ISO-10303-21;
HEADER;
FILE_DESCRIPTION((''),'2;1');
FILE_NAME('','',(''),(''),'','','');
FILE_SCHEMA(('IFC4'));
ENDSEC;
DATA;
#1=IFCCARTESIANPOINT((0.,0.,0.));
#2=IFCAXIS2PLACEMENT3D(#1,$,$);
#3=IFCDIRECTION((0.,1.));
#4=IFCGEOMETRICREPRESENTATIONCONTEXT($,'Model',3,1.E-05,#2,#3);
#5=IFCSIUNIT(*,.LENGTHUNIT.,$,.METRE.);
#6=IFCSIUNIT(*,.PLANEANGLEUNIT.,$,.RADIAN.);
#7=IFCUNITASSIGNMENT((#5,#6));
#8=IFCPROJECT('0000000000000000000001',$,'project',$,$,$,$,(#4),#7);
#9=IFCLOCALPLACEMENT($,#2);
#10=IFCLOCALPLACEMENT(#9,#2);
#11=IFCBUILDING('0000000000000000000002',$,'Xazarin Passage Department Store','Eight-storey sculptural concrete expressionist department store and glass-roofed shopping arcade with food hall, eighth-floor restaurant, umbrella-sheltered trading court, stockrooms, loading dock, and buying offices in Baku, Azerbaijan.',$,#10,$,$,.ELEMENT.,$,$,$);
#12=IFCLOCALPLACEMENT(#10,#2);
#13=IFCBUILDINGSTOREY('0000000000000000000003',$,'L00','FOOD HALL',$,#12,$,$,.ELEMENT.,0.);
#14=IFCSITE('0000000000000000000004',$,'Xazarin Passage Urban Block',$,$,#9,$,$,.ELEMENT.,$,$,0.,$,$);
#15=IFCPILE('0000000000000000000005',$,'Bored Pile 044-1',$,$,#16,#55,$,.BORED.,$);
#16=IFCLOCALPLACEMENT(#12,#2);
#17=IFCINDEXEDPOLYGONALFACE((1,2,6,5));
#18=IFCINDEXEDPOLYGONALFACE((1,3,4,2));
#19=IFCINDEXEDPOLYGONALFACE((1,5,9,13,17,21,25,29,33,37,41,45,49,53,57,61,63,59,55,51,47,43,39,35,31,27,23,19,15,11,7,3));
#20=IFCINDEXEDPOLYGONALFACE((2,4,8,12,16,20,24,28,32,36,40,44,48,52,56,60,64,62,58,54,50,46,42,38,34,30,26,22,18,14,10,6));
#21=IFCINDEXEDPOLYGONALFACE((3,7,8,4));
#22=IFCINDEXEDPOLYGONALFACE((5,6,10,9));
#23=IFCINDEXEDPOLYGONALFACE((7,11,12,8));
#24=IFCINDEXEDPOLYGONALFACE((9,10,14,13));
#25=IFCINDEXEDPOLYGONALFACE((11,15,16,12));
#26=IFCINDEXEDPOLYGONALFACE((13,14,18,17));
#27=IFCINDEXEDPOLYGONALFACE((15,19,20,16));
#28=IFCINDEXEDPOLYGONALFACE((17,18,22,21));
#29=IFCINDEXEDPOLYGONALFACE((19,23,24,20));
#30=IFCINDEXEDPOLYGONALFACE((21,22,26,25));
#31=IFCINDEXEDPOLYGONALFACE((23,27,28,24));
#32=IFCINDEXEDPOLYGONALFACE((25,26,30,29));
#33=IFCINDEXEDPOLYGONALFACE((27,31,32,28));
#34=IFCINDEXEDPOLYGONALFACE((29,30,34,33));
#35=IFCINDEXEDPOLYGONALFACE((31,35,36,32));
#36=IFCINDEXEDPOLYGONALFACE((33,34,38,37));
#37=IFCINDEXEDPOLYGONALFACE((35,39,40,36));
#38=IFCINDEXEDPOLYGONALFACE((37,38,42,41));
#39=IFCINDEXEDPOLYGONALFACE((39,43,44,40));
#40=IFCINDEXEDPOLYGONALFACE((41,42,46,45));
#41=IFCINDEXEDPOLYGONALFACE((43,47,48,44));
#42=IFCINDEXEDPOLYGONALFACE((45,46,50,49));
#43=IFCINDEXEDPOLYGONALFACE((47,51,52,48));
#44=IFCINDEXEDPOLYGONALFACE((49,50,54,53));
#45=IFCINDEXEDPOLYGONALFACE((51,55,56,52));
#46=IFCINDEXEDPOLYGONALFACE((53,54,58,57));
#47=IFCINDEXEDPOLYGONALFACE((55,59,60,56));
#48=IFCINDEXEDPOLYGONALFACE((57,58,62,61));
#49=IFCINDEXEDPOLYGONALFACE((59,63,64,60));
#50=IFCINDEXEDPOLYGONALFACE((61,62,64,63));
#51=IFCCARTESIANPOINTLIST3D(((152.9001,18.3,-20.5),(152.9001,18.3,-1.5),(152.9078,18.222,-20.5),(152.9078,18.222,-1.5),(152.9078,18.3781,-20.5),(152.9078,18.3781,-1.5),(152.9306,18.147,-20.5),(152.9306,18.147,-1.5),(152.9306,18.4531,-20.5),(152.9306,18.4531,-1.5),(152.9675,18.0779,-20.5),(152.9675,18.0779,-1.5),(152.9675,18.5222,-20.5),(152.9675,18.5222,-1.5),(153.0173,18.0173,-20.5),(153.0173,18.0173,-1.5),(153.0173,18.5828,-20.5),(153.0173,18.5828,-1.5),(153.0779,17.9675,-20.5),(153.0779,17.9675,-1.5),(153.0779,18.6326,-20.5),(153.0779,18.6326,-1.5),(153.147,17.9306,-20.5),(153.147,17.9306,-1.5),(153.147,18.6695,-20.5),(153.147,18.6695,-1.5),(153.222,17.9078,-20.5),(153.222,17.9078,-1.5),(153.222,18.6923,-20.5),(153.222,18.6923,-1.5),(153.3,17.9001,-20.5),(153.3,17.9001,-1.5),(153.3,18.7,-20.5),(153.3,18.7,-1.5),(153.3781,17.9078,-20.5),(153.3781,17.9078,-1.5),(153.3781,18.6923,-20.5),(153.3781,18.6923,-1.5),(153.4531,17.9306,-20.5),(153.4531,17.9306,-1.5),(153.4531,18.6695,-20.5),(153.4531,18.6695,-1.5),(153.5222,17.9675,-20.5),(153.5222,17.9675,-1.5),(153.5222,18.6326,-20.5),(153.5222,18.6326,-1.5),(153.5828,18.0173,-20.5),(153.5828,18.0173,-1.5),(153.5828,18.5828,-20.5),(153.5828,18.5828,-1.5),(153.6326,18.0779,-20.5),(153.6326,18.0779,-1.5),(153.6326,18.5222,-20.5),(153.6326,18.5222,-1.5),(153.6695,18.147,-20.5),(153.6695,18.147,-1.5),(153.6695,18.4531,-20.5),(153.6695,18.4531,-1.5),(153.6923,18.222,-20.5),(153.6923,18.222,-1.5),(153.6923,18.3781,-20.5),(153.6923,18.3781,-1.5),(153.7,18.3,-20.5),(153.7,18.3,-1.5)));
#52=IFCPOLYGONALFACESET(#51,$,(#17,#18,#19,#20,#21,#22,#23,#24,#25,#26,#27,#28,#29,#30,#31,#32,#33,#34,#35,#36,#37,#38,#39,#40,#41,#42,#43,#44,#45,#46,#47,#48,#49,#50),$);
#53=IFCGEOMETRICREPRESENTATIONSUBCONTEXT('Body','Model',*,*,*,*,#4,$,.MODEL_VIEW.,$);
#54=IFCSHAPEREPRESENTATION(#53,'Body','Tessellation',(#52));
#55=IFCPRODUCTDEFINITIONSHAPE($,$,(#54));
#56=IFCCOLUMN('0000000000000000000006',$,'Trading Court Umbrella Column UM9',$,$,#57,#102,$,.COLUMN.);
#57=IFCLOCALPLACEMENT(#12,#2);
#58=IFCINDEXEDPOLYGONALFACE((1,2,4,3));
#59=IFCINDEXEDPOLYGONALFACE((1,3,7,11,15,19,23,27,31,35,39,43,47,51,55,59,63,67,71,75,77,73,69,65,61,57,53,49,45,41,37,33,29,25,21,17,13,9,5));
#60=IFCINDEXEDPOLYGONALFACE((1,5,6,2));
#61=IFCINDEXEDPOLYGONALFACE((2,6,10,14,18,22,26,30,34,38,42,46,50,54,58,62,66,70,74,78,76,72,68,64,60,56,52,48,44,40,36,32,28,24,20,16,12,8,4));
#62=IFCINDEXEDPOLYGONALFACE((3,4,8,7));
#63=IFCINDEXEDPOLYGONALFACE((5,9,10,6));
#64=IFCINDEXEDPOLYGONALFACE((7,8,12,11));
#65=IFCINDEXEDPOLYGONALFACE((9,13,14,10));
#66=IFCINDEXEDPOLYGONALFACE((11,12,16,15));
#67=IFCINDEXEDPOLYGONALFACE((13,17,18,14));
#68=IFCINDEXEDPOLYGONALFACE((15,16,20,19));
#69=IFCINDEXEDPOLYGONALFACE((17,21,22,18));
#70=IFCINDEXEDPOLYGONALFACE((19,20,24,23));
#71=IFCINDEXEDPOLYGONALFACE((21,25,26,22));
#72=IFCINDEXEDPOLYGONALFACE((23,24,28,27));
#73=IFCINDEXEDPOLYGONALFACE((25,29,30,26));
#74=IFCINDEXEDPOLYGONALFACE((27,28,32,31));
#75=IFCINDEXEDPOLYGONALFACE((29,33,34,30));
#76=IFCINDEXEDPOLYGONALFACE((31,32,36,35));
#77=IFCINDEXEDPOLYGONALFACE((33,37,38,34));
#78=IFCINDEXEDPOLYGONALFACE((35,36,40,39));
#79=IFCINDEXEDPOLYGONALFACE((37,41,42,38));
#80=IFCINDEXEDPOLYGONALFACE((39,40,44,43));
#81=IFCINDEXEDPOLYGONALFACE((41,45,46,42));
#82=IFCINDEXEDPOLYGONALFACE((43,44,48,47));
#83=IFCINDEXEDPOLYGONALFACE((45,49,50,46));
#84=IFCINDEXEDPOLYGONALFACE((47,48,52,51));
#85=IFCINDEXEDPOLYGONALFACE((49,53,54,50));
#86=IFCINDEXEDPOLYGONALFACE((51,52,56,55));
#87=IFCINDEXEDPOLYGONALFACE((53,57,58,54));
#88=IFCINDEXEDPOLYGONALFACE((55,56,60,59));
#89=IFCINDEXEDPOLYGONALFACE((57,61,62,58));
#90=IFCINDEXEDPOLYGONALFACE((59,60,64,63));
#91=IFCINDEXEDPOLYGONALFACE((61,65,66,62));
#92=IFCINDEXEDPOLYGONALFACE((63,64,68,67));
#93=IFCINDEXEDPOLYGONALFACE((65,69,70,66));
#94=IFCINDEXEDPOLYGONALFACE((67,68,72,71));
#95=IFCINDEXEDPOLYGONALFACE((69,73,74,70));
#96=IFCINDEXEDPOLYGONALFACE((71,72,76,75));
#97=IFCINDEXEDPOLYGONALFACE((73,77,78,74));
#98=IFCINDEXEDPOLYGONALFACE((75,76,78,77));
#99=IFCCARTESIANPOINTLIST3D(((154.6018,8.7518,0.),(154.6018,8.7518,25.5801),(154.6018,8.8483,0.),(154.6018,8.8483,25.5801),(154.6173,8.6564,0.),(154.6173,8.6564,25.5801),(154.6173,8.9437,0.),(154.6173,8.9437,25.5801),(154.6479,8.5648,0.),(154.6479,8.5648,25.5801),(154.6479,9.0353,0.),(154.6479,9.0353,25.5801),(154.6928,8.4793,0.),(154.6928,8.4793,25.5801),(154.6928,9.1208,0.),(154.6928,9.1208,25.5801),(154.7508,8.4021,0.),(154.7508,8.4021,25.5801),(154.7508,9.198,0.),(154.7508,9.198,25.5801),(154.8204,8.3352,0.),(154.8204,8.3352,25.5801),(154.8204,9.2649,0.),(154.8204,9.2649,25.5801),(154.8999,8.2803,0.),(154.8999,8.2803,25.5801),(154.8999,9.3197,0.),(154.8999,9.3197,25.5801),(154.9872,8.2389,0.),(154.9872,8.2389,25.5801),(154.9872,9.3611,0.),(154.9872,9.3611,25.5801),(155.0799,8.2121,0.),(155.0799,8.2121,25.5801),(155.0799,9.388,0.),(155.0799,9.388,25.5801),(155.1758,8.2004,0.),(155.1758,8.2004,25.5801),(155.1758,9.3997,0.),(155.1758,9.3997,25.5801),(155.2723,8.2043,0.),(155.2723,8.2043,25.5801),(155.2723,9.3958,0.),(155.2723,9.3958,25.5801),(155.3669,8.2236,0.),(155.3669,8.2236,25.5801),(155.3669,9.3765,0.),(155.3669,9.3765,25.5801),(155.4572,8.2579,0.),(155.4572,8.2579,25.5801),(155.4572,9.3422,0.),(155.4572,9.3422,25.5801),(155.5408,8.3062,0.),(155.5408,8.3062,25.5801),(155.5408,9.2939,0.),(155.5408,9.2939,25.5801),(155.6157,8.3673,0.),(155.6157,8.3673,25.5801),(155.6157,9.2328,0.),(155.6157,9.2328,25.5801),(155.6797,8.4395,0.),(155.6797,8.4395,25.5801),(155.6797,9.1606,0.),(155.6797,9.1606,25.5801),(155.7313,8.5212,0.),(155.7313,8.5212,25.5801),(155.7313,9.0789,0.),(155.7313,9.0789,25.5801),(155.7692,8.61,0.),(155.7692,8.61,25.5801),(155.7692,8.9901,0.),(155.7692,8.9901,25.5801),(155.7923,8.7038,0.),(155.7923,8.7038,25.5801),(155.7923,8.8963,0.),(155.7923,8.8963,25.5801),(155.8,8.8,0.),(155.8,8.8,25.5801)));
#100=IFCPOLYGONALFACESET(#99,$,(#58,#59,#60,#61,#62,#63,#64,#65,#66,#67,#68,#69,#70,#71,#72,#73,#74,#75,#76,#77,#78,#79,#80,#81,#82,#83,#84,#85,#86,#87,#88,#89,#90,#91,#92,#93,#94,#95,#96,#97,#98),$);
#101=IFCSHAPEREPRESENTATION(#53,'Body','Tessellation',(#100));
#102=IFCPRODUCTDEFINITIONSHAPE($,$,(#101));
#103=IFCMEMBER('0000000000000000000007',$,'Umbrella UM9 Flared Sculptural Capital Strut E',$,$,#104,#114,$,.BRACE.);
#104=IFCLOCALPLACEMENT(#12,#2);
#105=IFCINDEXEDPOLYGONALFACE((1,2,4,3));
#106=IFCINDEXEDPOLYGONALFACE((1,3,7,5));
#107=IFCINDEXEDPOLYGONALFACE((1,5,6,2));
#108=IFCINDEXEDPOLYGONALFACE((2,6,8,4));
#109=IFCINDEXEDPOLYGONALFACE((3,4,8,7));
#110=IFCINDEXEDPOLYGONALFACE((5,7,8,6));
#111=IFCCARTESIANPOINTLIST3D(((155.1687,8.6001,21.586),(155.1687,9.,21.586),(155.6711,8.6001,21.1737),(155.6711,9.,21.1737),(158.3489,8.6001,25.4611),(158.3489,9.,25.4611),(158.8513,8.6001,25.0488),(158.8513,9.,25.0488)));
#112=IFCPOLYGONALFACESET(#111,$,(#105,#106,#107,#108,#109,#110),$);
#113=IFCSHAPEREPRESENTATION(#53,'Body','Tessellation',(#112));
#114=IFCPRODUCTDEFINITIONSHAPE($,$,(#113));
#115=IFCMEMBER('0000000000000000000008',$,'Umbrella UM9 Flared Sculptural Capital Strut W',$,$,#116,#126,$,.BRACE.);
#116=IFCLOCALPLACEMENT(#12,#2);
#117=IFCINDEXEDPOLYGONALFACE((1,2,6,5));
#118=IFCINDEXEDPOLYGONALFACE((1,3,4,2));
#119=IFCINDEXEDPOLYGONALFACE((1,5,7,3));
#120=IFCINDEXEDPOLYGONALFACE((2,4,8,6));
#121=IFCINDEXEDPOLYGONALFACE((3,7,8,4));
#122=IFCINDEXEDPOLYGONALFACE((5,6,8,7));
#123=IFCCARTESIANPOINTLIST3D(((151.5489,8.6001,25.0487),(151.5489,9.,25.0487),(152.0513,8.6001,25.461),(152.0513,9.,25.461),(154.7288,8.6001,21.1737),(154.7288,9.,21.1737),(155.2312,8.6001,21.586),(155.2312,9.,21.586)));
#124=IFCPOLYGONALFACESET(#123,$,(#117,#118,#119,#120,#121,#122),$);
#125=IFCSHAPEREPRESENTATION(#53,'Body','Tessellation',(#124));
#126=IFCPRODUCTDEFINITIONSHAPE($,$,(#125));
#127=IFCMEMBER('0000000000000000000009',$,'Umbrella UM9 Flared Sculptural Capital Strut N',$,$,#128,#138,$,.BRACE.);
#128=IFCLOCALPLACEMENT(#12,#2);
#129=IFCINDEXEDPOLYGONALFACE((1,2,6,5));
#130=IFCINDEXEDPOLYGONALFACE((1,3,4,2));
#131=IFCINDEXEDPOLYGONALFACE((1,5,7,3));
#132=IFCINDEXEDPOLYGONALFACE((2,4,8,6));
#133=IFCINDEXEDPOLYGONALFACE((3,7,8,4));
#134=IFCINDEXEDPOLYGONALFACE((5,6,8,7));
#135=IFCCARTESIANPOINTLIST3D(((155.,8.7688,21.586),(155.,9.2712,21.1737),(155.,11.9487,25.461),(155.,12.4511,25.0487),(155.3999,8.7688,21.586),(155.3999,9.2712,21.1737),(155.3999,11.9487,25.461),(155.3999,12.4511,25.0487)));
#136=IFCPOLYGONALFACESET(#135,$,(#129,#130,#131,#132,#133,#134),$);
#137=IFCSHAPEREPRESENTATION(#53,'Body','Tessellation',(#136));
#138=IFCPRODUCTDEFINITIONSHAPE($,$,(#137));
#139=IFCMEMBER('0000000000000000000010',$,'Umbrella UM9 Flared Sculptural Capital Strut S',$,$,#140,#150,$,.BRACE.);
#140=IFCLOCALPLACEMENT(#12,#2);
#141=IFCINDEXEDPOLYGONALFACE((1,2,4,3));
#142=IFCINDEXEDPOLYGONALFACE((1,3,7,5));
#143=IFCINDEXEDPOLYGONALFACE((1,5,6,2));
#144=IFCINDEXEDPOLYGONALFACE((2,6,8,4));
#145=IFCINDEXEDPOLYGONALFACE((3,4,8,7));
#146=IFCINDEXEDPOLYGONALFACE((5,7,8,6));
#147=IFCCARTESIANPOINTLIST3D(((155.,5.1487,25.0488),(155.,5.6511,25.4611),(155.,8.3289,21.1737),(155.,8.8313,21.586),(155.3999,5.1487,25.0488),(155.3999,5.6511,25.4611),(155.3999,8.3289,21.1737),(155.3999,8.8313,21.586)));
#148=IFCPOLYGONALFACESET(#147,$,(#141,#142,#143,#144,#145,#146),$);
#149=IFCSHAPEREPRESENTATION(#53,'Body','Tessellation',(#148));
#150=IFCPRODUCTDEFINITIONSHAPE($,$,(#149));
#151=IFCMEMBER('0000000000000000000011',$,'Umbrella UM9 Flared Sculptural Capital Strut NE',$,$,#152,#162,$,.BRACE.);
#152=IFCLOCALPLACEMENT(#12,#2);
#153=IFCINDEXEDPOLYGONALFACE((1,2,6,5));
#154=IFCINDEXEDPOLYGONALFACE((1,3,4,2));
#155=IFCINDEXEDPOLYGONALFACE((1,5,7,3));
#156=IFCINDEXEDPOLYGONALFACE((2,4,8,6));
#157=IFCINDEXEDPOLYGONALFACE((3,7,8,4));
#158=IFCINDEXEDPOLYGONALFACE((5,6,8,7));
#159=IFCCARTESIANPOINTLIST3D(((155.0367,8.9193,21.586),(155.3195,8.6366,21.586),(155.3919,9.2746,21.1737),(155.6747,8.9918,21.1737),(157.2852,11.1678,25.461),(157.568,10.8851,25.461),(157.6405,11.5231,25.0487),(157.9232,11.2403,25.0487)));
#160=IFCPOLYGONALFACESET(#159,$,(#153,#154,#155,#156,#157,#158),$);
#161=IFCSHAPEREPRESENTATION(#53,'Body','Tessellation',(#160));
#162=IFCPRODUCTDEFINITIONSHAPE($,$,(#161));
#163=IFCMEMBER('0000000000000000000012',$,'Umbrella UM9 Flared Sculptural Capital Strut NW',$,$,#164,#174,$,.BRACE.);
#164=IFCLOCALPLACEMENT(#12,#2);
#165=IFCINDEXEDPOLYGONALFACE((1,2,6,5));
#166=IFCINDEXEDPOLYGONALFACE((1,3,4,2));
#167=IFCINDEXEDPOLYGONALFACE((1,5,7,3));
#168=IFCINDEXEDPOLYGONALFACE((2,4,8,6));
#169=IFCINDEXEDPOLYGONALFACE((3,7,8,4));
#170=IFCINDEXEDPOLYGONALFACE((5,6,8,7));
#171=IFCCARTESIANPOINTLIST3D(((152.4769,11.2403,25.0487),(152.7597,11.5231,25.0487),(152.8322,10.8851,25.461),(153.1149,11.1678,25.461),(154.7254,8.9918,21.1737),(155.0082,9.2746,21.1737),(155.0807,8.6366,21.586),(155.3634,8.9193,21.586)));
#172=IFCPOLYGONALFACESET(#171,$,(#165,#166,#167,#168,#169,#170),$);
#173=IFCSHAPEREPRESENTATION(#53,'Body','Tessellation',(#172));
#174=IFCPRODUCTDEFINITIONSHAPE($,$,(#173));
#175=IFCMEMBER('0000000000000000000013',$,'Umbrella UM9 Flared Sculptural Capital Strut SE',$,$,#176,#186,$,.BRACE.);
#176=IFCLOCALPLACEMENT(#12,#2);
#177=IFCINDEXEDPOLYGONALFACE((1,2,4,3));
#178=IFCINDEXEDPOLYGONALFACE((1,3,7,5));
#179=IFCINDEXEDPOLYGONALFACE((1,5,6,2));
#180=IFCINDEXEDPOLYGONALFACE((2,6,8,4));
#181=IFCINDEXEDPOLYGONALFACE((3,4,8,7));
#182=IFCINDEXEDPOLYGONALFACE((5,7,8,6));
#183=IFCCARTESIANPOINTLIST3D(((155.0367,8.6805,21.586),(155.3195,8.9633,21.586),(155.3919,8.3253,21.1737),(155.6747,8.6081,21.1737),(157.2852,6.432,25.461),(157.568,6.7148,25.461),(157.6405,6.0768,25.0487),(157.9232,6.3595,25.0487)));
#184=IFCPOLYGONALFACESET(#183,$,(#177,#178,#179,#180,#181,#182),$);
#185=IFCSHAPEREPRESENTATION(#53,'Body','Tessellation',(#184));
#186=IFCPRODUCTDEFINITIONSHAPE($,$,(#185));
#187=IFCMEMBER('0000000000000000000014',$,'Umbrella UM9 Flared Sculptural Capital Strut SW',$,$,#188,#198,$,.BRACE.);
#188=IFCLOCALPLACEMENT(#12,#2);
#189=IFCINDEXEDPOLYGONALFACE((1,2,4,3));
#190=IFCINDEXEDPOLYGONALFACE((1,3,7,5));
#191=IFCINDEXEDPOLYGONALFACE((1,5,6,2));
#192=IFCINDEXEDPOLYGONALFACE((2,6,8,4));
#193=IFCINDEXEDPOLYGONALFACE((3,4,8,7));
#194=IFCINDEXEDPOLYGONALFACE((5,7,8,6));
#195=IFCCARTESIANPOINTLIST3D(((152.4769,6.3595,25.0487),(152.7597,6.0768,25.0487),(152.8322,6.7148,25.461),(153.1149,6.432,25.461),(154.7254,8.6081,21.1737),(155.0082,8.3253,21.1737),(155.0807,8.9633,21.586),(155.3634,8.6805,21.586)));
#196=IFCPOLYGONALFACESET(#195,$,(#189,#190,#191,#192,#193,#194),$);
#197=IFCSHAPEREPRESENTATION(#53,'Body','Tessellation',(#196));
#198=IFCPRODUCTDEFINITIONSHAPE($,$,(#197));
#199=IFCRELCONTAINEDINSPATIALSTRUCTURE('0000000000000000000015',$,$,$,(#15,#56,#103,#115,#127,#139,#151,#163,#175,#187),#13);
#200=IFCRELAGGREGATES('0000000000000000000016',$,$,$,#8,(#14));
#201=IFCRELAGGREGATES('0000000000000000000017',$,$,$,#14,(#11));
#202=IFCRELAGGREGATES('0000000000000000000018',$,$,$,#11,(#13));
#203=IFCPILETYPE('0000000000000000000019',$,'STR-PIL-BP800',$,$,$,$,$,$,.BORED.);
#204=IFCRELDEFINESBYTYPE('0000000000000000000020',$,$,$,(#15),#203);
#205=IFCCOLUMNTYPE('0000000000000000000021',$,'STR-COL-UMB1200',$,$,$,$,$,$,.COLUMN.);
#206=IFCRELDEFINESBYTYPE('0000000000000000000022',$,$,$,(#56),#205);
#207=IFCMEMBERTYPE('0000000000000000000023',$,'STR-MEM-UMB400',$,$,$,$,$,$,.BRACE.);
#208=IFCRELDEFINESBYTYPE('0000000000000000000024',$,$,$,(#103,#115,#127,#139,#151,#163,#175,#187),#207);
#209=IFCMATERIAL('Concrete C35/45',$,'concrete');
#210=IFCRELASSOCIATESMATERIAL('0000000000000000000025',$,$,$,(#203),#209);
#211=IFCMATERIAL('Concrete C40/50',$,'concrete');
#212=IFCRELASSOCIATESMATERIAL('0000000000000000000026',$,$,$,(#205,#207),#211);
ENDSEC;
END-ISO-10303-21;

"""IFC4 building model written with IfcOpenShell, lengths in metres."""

from ifc_helpers import new_model, si_unit, direction, frame, origin, origin_2d, place, context, subcontext, project, spatial, rectangle, circle, extrude, material, material_profile, profile_set, type_object, element, save


model = new_model("IFC4")

# Units and contexts
model_context = context("Model", 3, precision=1e-05, world=origin(), true_north=direction((0.0, 1.0)))
body_context = subcontext(model_context, "Body", "Model", "MODEL_VIEW")
ifc_project = project(units=[si_unit("LENGTHUNIT", "METRE"), si_unit("PLANEANGLEUNIT", "RADIAN")], contexts=[model_context])

# Site, building, storey
site_placement = place(None, origin())
site = spatial("IfcSite", under=ifc_project, at=site_placement, Name="Xazarin Passage Urban Block", CompositionType="ELEMENT", RefElevation=0.0)
building_placement = place(site_placement, origin())
building = spatial("IfcBuilding", under=site, at=building_placement, Name="Xazarin Passage Department Store", Description="Eight-storey sculptural concrete expressionist department store and glass-roofed shopping arcade with food hall, eighth-floor restaurant, umbrella-sheltered trading court, stockrooms, loading dock, and buying offices in Baku, Azerbaijan.", CompositionType="ELEMENT")
storey_placement = place(building_placement, origin())
storey = spatial("IfcBuildingStorey", under=building, at=storey_placement, Name="L00", Description="FOOD HALL", CompositionType="ELEMENT", Elevation=0.0)

# Shared definitions
ifc_material_1 = material(Name="Concrete C35/45", Category="concrete")

# Pile
ifc_material_profile_1 = material_profile(ifc_material_1, circle(Radius=0.3999, at=origin_2d()), Name="BP 800")
ifc_profile_set_1 = profile_set([ifc_material_profile_1], Name="Concrete C35/45")
pile_type_1 = type_object("IfcPileType", Name="STR-PIL-BP800", PredefinedType="BORED", material=ifc_profile_set_1)
pile_placement = place(storey_placement, frame((153.3, 18.3, -1.5), z_axis=(0.0, 0.0, -1.0), x_axis=(1.0, 0.0, 0.0)))
element("IfcPile", 1, at=pile_placement, inside=storey, type_object=pile_type_1, Name="Bored Pile 044-1", PredefinedType="BORED", context=body_context, shape_type="SweptSolid", body=[
    extrude(circle(Radius=0.3999, at=origin_2d()), origin(), (0.0, 0.0, 1.0), 19.0),
])

# Column
ifc_material_2 = material(Name="Concrete C40/50", Category="concrete")
ifc_material_profile_2 = material_profile(ifc_material_2, circle(Radius=0.6001, at=origin_2d()), Name="RCD 1200")
ifc_profile_set_2 = profile_set([ifc_material_profile_2], Name="Concrete C40/50")
column_type = type_object("IfcColumnType", Name="STR-COL-UMB1200", PredefinedType="COLUMN", material=ifc_profile_set_2)
column_placement = place(storey_placement, frame((155.2, 8.8, 0.0), z_axis=(0.0, 0.0, 1.0), x_axis=(1.0, 0.0, 0.0)))
element("IfcColumn", 2, at=column_placement, inside=storey, type_object=column_type, Name="Trading Court Umbrella Column UM9", PredefinedType="COLUMN", context=body_context, shape_type="SweptSolid", body=[
    extrude(circle(Radius=0.6001, at=origin_2d()), origin(), (0.0, 0.0, 1.0), 25.5801),
])

# Members
ifc_material_profile_3 = material_profile(ifc_material_2, rectangle(XDim=0.3999, YDim=0.6499, at=origin_2d()), Name="RC 400x650")
ifc_profile_set_3 = profile_set([ifc_material_profile_3], Name="Concrete C40/50")
member_type = type_object("IfcMemberType", Name="STR-MEM-UMB400", PredefinedType="BRACE", material=ifc_profile_set_3)
member_1_placement = place(storey_placement, frame((155.4199, 8.8, 21.3799), z_axis=(0.634399, 0.0, 0.773006), x_axis=(0.0, 1.0, 0.0)))
element("IfcMember", 3, at=member_1_placement, inside=storey, type_object=member_type, Name="Umbrella UM9 Flared Sculptural Capital Strut E", PredefinedType="BRACE", context=body_context, shape_type="SweptSolid", body=[
    extrude(rectangle(XDim=0.3999, YDim=0.6499, at=origin_2d()), origin(), (0.0, 0.0, 1.0), 5.0129),
])
for number, where, z_axis, x_axis, name in (
    (4, (154.98, 8.8, 21.3799), (-0.63437, 0.0, 0.77303), (0.0, -1.0, 0.0), "Umbrella UM9 Flared Sculptural Capital Strut W"),
    (5, (155.2, 9.02, 21.3799), (0.0, 0.63437, 0.77303), (-1.0, 0.0, 0.0), "Umbrella UM9 Flared Sculptural Capital Strut N"),
):
    element("IfcMember", number, at=place(storey_placement, frame(where, z_axis=z_axis, x_axis=x_axis)), inside=storey, type_object=member_type, Name=name, PredefinedType="BRACE", context=body_context, shape_type="SweptSolid", body=[
        extrude(rectangle(XDim=0.3999, YDim=0.6499, at=origin_2d()), origin(), (0.0, 0.0, 1.0), 5.0127),
    ])
member_2_placement = place(storey_placement, frame((155.2, 8.5801, 21.3799), z_axis=(0.0, -0.634399, 0.773006), x_axis=(1.0, 0.0, 0.0)))
element("IfcMember", 6, at=member_2_placement, inside=storey, type_object=member_type, Name="Umbrella UM9 Flared Sculptural Capital Strut S", PredefinedType="BRACE", context=body_context, shape_type="SweptSolid", body=[
    extrude(rectangle(XDim=0.3999, YDim=0.6499, at=origin_2d()), origin(), (0.0, 0.0, 1.0), 5.0129),
])
for number, where, z_axis, x_axis, name in (
    (7, (155.3557, 8.9556, 21.3799), (0.448565, 0.448565, 0.773032), (-0.707107, 0.707107, 0.0), "Umbrella UM9 Flared Sculptural Capital Strut NE"),
    (8, (155.0444, 8.9556, 21.3799), (-0.448565, 0.448565, 0.773032), (-0.707107, -0.707107, 0.0), "Umbrella UM9 Flared Sculptural Capital Strut NW"),
    (9, (155.3557, 8.6443, 21.3799), (0.448565, -0.448565, 0.773032), (0.707107, 0.707107, 0.0), "Umbrella UM9 Flared Sculptural Capital Strut SE"),
    (10, (155.0444, 8.6443, 21.3799), (-0.448565, -0.448565, 0.773032), (0.707107, -0.707107, 0.0), "Umbrella UM9 Flared Sculptural Capital Strut SW"),
):
    element("IfcMember", number, at=place(storey_placement, frame(where, z_axis=z_axis, x_axis=x_axis)), inside=storey, type_object=member_type, Name=name, PredefinedType="BRACE", context=body_context, shape_type="SweptSolid", body=[
        extrude(rectangle(XDim=0.3999, YDim=0.6499, at=origin_2d()), origin(), (0.0, 0.0, 1.0), 5.0127),
    ])

save(model, "model.ifc")
